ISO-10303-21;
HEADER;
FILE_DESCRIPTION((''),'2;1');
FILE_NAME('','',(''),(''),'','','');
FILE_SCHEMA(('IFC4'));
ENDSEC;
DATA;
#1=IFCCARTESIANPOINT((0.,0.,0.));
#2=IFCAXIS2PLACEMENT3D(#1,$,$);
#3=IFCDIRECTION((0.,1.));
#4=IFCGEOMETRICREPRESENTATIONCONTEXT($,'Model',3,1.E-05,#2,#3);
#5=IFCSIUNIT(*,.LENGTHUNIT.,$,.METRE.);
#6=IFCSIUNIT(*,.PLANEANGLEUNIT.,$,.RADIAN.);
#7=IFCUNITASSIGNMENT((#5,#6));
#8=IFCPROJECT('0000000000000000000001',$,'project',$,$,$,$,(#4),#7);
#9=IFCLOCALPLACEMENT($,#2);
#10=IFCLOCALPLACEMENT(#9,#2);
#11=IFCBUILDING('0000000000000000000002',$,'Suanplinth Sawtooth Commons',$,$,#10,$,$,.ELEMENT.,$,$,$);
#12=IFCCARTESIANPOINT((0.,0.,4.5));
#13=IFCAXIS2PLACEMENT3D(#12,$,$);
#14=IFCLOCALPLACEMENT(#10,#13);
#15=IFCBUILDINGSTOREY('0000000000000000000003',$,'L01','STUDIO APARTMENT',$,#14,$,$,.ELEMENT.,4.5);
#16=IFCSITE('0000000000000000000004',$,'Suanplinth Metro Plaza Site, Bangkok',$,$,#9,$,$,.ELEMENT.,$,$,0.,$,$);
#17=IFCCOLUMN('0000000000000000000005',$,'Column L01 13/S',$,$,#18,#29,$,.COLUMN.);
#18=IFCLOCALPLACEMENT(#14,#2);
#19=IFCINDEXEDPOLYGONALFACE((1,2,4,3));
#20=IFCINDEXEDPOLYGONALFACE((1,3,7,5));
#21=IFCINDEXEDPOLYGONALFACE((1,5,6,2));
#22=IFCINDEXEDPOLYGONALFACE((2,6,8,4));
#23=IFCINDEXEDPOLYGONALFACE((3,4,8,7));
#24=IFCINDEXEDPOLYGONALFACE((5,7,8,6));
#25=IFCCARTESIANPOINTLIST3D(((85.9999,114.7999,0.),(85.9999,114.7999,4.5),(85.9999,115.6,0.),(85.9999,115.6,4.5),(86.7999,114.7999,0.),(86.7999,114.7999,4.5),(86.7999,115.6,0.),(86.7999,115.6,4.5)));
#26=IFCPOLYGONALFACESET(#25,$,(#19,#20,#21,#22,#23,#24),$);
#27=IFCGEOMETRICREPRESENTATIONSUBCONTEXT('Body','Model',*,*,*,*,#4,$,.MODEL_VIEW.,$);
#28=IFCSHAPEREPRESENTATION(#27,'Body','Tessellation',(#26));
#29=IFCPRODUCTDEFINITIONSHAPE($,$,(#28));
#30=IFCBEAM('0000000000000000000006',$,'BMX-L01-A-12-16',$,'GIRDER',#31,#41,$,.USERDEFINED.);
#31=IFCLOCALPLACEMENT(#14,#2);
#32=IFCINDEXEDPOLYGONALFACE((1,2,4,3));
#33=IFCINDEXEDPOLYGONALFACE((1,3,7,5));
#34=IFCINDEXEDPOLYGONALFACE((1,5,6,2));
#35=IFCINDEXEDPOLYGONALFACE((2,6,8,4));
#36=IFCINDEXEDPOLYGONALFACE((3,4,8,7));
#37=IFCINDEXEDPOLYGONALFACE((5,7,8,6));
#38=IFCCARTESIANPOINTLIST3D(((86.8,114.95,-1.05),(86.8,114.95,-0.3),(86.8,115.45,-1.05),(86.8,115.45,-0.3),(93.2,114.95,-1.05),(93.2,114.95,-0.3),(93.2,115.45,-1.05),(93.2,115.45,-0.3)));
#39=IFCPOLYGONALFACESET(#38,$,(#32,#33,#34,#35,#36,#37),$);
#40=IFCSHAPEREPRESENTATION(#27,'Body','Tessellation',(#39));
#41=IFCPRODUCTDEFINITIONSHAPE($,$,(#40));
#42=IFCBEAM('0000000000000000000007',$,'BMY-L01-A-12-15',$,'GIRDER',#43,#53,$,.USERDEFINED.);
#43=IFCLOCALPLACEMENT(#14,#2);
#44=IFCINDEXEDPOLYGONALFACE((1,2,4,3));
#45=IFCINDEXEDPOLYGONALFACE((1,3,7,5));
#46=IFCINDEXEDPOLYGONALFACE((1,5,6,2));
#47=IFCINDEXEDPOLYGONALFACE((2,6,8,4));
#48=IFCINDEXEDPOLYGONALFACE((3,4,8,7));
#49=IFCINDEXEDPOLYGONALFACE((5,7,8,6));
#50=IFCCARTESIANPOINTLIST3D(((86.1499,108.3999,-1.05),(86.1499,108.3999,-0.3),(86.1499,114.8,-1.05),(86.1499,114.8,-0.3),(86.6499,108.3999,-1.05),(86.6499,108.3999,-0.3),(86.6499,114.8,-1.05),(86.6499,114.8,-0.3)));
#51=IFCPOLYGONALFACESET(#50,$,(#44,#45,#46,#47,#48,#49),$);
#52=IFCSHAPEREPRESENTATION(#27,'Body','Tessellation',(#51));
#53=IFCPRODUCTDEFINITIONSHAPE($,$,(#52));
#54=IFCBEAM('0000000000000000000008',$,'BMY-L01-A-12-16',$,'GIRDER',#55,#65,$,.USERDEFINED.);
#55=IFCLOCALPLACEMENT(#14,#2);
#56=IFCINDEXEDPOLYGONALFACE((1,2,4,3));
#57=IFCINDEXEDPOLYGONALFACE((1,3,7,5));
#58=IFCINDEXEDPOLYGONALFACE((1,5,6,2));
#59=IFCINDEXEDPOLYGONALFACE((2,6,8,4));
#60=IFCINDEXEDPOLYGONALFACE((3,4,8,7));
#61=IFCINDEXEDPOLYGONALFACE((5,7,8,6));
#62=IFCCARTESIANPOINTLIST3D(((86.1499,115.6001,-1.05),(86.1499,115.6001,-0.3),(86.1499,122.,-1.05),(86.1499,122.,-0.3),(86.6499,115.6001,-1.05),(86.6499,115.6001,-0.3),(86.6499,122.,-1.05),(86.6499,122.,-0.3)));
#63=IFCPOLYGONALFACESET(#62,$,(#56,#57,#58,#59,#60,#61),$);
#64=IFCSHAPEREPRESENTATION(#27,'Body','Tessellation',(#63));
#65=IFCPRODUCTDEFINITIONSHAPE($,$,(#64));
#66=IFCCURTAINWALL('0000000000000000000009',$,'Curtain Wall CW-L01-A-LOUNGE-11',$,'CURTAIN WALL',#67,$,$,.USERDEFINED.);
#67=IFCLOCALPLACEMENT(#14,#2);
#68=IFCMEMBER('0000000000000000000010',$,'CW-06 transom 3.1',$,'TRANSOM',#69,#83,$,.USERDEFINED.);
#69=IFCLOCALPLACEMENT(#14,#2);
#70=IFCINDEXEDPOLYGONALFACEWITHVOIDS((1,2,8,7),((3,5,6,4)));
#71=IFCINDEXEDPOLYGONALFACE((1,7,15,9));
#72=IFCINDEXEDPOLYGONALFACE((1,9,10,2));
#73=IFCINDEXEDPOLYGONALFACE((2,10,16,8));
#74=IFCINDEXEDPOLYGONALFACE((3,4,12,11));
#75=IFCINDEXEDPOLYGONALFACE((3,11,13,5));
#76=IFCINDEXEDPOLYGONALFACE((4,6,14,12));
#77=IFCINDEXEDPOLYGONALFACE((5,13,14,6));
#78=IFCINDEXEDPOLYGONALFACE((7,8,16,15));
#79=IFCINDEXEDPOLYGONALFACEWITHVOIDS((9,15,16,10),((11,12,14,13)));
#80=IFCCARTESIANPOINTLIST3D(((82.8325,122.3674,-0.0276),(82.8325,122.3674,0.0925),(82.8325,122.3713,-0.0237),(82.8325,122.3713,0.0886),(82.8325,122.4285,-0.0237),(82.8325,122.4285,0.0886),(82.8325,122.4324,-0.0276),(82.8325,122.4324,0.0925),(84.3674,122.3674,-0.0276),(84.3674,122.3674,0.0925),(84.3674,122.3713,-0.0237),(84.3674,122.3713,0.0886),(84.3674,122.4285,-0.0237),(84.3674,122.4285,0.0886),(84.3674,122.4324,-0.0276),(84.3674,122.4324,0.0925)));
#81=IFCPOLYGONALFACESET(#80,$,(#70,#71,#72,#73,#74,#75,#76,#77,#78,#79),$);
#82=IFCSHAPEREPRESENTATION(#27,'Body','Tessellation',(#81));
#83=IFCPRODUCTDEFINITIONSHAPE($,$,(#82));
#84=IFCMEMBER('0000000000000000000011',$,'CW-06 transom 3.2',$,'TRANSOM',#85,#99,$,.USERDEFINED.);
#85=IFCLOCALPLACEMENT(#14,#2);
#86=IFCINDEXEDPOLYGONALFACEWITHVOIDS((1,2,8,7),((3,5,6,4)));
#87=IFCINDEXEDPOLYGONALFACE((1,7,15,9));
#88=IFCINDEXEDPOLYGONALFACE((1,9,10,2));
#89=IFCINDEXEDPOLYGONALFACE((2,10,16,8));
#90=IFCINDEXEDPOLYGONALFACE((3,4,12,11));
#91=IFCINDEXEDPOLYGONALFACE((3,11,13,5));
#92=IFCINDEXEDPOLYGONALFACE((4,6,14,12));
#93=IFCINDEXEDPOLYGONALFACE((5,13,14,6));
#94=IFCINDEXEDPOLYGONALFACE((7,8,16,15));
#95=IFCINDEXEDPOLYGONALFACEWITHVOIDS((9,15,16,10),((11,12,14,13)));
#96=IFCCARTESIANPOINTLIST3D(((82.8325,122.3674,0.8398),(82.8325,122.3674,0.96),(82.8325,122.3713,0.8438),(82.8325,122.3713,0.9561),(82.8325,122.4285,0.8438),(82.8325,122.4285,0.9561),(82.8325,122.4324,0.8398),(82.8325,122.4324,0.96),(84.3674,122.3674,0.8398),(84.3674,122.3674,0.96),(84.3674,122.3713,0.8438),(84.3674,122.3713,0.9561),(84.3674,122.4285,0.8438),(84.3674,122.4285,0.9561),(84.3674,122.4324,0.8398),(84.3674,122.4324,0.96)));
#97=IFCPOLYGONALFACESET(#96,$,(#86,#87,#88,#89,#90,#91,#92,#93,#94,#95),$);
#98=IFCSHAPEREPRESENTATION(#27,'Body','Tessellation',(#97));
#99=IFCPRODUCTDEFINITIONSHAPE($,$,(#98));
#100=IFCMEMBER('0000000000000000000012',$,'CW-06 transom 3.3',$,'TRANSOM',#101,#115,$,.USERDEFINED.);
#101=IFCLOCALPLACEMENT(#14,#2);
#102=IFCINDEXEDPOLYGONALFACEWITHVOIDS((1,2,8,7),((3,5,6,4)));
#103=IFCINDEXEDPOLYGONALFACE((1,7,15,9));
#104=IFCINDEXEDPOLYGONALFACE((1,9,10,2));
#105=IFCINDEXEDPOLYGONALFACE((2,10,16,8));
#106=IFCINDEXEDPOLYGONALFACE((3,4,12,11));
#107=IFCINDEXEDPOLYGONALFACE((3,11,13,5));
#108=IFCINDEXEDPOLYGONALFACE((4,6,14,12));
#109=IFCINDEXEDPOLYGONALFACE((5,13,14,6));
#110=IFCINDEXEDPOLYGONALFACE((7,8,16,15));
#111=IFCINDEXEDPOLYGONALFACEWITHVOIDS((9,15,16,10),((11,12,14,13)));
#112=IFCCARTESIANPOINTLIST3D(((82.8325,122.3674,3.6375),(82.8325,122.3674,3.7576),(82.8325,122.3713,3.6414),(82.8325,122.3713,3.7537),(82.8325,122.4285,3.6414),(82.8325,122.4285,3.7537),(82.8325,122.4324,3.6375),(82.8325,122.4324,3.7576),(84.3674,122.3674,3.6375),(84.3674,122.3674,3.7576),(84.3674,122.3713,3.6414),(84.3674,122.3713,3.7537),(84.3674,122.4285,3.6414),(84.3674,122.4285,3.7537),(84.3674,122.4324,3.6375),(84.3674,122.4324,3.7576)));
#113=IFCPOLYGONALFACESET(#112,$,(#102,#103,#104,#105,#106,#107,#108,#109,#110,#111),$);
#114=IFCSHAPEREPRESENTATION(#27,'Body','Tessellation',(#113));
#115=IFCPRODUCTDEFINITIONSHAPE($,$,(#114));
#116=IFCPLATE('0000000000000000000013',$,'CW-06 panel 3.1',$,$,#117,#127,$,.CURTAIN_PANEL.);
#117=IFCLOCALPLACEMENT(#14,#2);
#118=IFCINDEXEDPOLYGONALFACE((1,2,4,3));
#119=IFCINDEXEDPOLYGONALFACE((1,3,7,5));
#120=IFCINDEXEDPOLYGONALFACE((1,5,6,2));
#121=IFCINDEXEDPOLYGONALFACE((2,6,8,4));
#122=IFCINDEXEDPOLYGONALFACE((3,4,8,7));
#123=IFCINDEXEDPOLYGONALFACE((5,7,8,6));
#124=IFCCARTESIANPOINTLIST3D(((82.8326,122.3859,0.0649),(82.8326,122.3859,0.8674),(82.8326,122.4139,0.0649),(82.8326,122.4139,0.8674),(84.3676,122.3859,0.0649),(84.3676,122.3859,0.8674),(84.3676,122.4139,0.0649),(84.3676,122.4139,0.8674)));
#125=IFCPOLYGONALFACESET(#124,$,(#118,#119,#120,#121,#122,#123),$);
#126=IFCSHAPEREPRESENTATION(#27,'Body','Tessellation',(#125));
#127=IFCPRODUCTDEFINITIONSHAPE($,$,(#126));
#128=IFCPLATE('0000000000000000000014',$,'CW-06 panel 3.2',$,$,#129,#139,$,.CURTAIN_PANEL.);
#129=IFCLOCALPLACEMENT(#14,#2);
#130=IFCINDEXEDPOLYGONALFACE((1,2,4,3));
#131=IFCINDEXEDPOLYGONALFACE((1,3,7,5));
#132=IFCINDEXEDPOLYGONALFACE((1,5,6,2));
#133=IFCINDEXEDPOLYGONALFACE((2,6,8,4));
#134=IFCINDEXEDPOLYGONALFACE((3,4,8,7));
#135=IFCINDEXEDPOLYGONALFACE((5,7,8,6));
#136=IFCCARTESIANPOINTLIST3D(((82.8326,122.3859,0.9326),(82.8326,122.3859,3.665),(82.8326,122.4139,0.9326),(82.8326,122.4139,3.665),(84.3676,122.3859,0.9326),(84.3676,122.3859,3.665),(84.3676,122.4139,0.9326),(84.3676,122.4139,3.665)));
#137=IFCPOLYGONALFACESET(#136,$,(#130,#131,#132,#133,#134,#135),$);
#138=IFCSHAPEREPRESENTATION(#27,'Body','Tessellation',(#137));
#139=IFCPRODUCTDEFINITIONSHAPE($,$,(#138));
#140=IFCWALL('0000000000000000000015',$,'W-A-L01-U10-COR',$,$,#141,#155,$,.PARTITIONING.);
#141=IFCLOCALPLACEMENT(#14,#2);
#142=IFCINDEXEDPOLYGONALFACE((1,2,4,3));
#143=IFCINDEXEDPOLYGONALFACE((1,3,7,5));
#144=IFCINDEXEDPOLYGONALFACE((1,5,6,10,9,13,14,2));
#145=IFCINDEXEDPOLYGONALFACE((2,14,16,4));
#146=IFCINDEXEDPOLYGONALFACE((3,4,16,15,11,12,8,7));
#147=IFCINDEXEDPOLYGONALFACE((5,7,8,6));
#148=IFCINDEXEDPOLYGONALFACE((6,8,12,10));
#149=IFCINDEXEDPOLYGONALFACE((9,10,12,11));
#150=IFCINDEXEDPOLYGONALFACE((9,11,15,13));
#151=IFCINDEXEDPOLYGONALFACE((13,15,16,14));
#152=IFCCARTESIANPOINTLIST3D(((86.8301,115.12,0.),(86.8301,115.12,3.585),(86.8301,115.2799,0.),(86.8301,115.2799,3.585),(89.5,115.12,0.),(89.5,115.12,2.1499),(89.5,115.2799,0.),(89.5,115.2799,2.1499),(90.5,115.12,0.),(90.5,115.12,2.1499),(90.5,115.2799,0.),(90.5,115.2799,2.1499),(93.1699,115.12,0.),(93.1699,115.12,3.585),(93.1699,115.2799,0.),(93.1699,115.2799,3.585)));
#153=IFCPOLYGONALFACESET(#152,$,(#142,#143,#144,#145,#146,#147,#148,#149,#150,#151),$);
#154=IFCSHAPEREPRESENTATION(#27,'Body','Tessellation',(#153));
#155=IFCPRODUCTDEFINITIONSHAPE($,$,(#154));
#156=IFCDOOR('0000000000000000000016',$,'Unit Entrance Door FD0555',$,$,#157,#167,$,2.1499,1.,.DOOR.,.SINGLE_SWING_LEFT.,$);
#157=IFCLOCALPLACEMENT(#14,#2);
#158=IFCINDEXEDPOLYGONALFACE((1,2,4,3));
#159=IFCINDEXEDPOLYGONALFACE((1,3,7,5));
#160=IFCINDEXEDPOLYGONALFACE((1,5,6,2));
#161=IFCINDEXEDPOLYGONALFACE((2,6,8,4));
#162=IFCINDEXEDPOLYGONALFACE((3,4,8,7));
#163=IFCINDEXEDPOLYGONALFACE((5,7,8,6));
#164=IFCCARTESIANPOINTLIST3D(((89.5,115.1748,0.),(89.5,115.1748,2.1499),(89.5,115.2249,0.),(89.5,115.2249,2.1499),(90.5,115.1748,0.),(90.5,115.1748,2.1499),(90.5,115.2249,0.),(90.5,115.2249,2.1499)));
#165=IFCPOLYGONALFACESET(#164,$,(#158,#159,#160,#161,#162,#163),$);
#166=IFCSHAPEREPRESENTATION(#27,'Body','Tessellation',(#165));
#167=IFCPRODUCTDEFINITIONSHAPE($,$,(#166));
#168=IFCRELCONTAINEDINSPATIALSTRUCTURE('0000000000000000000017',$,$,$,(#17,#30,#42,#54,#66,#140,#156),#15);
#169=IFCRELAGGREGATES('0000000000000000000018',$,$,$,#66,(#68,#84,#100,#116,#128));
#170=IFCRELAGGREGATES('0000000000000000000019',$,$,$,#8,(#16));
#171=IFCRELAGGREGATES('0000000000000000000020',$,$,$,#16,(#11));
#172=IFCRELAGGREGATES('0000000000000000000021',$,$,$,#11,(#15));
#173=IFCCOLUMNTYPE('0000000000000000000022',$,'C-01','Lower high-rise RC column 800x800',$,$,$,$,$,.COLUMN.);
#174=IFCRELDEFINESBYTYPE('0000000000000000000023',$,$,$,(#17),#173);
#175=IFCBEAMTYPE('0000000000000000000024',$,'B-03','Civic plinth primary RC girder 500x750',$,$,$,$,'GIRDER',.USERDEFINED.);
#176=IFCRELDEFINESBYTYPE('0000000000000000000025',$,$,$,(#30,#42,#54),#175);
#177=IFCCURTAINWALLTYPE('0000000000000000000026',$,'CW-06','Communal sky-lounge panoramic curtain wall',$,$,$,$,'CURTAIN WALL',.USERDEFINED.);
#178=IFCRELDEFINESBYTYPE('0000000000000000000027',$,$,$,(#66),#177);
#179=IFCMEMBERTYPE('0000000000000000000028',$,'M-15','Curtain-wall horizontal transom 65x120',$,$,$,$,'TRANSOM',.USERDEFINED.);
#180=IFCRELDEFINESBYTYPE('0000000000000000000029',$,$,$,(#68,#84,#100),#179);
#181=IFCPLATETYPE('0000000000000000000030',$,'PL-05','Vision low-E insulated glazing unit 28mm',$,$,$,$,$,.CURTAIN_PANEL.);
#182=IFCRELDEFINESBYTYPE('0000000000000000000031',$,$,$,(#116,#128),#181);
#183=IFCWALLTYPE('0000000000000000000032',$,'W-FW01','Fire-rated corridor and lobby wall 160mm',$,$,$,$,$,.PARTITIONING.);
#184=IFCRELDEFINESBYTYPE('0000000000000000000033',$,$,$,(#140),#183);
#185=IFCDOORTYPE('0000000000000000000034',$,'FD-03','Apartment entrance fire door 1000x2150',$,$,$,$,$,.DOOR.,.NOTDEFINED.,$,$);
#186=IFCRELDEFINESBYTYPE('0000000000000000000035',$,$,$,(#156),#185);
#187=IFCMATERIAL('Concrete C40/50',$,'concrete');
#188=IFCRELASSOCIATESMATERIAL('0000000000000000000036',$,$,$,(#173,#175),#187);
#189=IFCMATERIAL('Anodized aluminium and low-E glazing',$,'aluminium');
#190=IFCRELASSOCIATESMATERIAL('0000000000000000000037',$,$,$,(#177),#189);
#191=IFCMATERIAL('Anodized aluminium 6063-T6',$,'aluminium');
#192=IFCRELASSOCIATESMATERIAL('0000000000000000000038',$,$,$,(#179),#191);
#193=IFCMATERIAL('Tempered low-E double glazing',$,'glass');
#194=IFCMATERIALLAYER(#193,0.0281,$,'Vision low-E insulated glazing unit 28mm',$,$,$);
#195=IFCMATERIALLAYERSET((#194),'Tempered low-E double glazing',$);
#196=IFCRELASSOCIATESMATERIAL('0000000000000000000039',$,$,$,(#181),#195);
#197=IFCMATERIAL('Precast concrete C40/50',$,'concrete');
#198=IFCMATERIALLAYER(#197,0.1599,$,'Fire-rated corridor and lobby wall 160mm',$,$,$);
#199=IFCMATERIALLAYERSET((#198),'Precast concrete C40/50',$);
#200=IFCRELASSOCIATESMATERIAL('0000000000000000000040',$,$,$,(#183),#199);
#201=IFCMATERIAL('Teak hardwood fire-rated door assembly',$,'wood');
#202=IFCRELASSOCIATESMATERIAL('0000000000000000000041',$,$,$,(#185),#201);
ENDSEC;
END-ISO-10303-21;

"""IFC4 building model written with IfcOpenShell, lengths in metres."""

from ifc_helpers import new_model, si_unit, direction, frame, frame_2d, origin, origin_2d, place, context, subcontext, project, spatial, rectangle, hollow_rectangle, extrude, material, layer, layer_set, material_profile, profile_set, type_object, element, fill, aggregate, save


model = new_model("IFC4")

# Units and contexts
model_context = context("Model", 3, precision=1e-05, world=origin(), true_north=direction((0.0, 1.0)))
body_context = subcontext(model_context, "Body", "Model", "MODEL_VIEW")
ifc_project = project(units=[si_unit("LENGTHUNIT", "METRE"), si_unit("PLANEANGLEUNIT", "RADIAN")], contexts=[model_context])

# Site, building, storey
site_placement = place(None, origin())
site = spatial("IfcSite", under=ifc_project, at=site_placement, Name="Suanplinth Metro Plaza Site, Bangkok", CompositionType="ELEMENT", RefElevation=0.0)
building_placement = place(site_placement, origin())
building = spatial("IfcBuilding", under=site, at=building_placement, Name="Suanplinth Sawtooth Commons", CompositionType="ELEMENT")
storey_placement = place(building_placement, frame((0.0, 0.0, 4.5)))
storey = spatial("IfcBuildingStorey", under=building, at=storey_placement, Name="L01", Description="STUDIO APARTMENT", CompositionType="ELEMENT", Elevation=4.5)

# Column
ifc_material_1 = material(Name="Concrete C40/50", Category="concrete")
ifc_material_profile_1 = material_profile(ifc_material_1, rectangle(XDim=0.8, YDim=0.8, at=origin_2d()), Name="RC-COL 800x800")
ifc_profile_set_1 = profile_set([ifc_material_profile_1], Name="Concrete C40/50")
column_type = type_object("IfcColumnType", Name="C-01", Description="Lower high-rise RC column 800x800", PredefinedType="COLUMN", material=ifc_profile_set_1)
column_placement = place(storey_placement, frame((86.3999, 115.2, 0.0), z_axis=(0.0, 0.0, 1.0), x_axis=(1.0, 0.0, 0.0)))
element("IfcColumn", 1, at=column_placement, inside=storey, type_object=column_type, Name="Column L01 13/S", PredefinedType="COLUMN", context=body_context, shape_type="SweptSolid", body=[
    extrude(rectangle(XDim=0.8, YDim=0.8, at=origin_2d()), origin(), (0.0, 0.0, 1.0), 4.5),
])

# Beams
ifc_material_profile_2 = material_profile(ifc_material_1, rectangle(XDim=0.5, YDim=0.75, at=origin_2d()), Name="RC-GDR 500x750")
ifc_profile_set_2 = profile_set([ifc_material_profile_2], Name="Concrete C40/50")
beam_type = type_object("IfcBeamType", Name="B-03", Description="Civic plinth primary RC girder 500x750", ElementType="GIRDER", PredefinedType="USERDEFINED", material=ifc_profile_set_2)
beam_1_placement = place(storey_placement, frame((86.8, 115.2, -0.675), z_axis=(1.0, 0.0, 0.0), x_axis=(0.0, 1.0, 0.0)))
element("IfcBeam", 2, at=beam_1_placement, inside=storey, type_object=beam_type, Name="BMX-L01-A-12-16", ObjectType="GIRDER", PredefinedType="USERDEFINED", context=body_context, shape_type="SweptSolid", body=[
    extrude(rectangle(XDim=0.5, YDim=0.75, at=origin_2d()), origin(), (0.0, 0.0, 1.0), 6.3999),
])
beam_2_placement = place(storey_placement, frame((86.3999, 108.3999, -0.675), z_axis=(0.0, 1.0, 0.0), x_axis=(-1.0, 0.0, 0.0)))
element("IfcBeam", 3, at=beam_2_placement, inside=storey, type_object=beam_type, Name="BMY-L01-A-12-15", ObjectType="GIRDER", PredefinedType="USERDEFINED", context=body_context, shape_type="SweptSolid", body=[
    extrude(rectangle(XDim=0.5, YDim=0.75, at=origin_2d()), origin(), (0.0, 0.0, 1.0), 6.4001),
])
beam_3_placement = place(storey_placement, frame((86.3999, 115.6001, -0.675), z_axis=(0.0, 1.0, 0.0), x_axis=(-1.0, 0.0, 0.0)))
element("IfcBeam", 4, at=beam_3_placement, inside=storey, type_object=beam_type, Name="BMY-L01-A-12-16", ObjectType="GIRDER", PredefinedType="USERDEFINED", context=body_context, shape_type="SweptSolid", body=[
    extrude(rectangle(XDim=0.5, YDim=0.75, at=origin_2d()), origin(), (0.0, 0.0, 1.0), 6.3999),
])

# Curtain wall, members, plates
ifc_material_2 = material(Name="Anodized aluminium and low-E glazing", Category="aluminium")
curtain_wall_type = type_object("IfcCurtainWallType", Name="CW-06", Description="Communal sky-lounge panoramic curtain wall", ElementType="CURTAIN WALL", PredefinedType="USERDEFINED", material=ifc_material_2)
curtain_wall_placement = place(storey_placement, origin())
curtain_wall = element("IfcCurtainWall", 5, at=curtain_wall_placement, inside=storey, type_object=curtain_wall_type, Name="Curtain Wall CW-L01-A-LOUNGE-11", ObjectType="CURTAIN WALL", PredefinedType="USERDEFINED")
ifc_material_3 = material(Name="Anodized aluminium 6063-T6", Category="aluminium")
ifc_material_profile_3 = material_profile(ifc_material_3, hollow_rectangle(XDim=0.0649, YDim=0.1201, WallThickness=0.0039, at=origin_2d()), Name="ALU-TRN 65x120")
ifc_profile_set_3 = profile_set([ifc_material_profile_3], Name="Anodized aluminium 6063-T6")
member_type = type_object("IfcMemberType", Name="M-15", Description="Curtain-wall horizontal transom 65x120", ElementType="TRANSOM", PredefinedType="USERDEFINED", material=ifc_profile_set_3)
member_1_placement = place(storey_placement, frame((82.8325, 122.3999, 0.0325), z_axis=(1.0, 0.0, 0.0), x_axis=(0.0, 1.0, 0.0)))
member_1 = element("IfcMember", 6, at=member_1_placement, type_object=member_type, Name="CW-06 transom 3.1", ObjectType="TRANSOM", PredefinedType="USERDEFINED", context=body_context, shape_type="SweptSolid", body=[
    extrude(hollow_rectangle(XDim=0.0649, YDim=0.1201, WallThickness=0.0039, at=origin_2d()), origin(), (0.0, 0.0, 1.0), 1.5349),
])
member_2_placement = place(storey_placement, frame((82.8325, 122.3999, 0.8999), z_axis=(1.0, 0.0, 0.0), x_axis=(0.0, 1.0, 0.0)))
member_2 = element("IfcMember", 7, at=member_2_placement, type_object=member_type, Name="CW-06 transom 3.2", ObjectType="TRANSOM", PredefinedType="USERDEFINED", context=body_context, shape_type="SweptSolid", body=[
    extrude(hollow_rectangle(XDim=0.0649, YDim=0.1201, WallThickness=0.0039, at=origin_2d()), origin(), (0.0, 0.0, 1.0), 1.5349),
])
member_3_placement = place(storey_placement, frame((82.8325, 122.3999, 3.6975), z_axis=(1.0, 0.0, 0.0), x_axis=(0.0, 1.0, 0.0)))
member_3 = element("IfcMember", 8, at=member_3_placement, type_object=member_type, Name="CW-06 transom 3.3", ObjectType="TRANSOM", PredefinedType="USERDEFINED", context=body_context, shape_type="SweptSolid", body=[
    extrude(hollow_rectangle(XDim=0.0649, YDim=0.1201, WallThickness=0.0039, at=origin_2d()), origin(), (0.0, 0.0, 1.0), 1.5349),
])
ifc_material_4 = material(Name="Tempered low-E double glazing", Category="glass")
ifc_layer_1 = layer(ifc_material_4, 0.0281, Name="Vision low-E insulated glazing unit 28mm")
ifc_layer_set_1 = layer_set([ifc_layer_1], Name="Tempered low-E double glazing")
plate_type = type_object("IfcPlateType", Name="PL-05", Description="Vision low-E insulated glazing unit 28mm", PredefinedType="CURTAIN_PANEL", material=ifc_layer_set_1)
plate_1_placement = place(storey_placement, frame((83.6001, 122.3999, 0.0649), z_axis=(0.0, 0.0, 1.0), x_axis=(1.0, 0.0, 0.0)))
plate_1 = element("IfcPlate", 9, at=plate_1_placement, type_object=plate_type, Name="CW-06 panel 3.1", PredefinedType="CURTAIN_PANEL", context=body_context, shape_type="SweptSolid", body=[
    extrude(rectangle(XDim=1.5349, YDim=0.0281, at=origin_2d()), origin(), (0.0, 0.0, 1.0), 0.8025),
])
plate_2_placement = place(storey_placement, frame((83.6001, 122.3999, 0.9326), z_axis=(0.0, 0.0, 1.0), x_axis=(1.0, 0.0, 0.0)))
plate_2 = element("IfcPlate", 10, at=plate_2_placement, type_object=plate_type, Name="CW-06 panel 3.2", PredefinedType="CURTAIN_PANEL", context=body_context, shape_type="SweptSolid", body=[
    extrude(rectangle(XDim=1.5349, YDim=0.0281, at=origin_2d()), origin(), (0.0, 0.0, 1.0), 2.7324),
])
aggregate(curtain_wall, [member_1, member_2, member_3, plate_1, plate_2])

# Wall, opening, door
ifc_material_5 = material(Name="Precast concrete C40/50", Category="concrete")
ifc_layer_2 = layer(ifc_material_5, 0.1599, Name="Fire-rated corridor and lobby wall 160mm")
ifc_layer_set_2 = layer_set([ifc_layer_2], Name="Precast concrete C40/50")
wall_type_1 = type_object("IfcWallType", Name="W-FW01", Description="Fire-rated corridor and lobby wall 160mm", PredefinedType="PARTITIONING", material=ifc_layer_set_2)
wall_1_placement = place(storey_placement, frame((86.8301, 115.2, 0.0), z_axis=(0.0, 0.0, 1.0), x_axis=(1.0, 0.0, 0.0)))
wall_1 = element("IfcWall", 11, at=wall_1_placement, inside=storey, type_object=wall_type_1, Name="W-A-L01-U10-COR", PredefinedType="PARTITIONING", context=body_context, shape_type="SweptSolid", body=[
    extrude(rectangle(XDim=6.3398, YDim=0.1599, at=frame_2d((3.1699, 0.0))), origin(), (0.0, 0.0, 1.0), 3.585),
])
opening_1_placement = place(wall_1_placement, frame((2.6699, 0.0, 0.0)))
opening_1 = element("IfcOpeningElement", 12, at=opening_1_placement, cuts=wall_1, PredefinedType="OPENING", context=body_context, shape_type="SweptSolid", body=[
    extrude(rectangle(XDim=1.0, YDim=2.1499, at=frame_2d((0.5, 1.075))), frame((0.0, 0.0947, 0.0), z_axis=(0.0, -1.0, 0.0), x_axis=(1.0, 0.0, 0.0)), (0.0, 0.0, 1.0), 0.1897),
])
ifc_material_6 = material(Name="Teak hardwood fire-rated door assembly", Category="wood")
door_type_1 = type_object("IfcDoorType", Name="FD-03", Description="Apartment entrance fire door 1000x2150", OperationType="NOTDEFINED", PredefinedType="DOOR", material=ifc_material_6)
door_1_placement = place(opening_1_placement, origin())
door_1 = element("IfcDoor", 13, at=door_1_placement, inside=storey, type_object=door_type_1, Name="Unit Entrance Door FD0555", OperationType="SINGLE_SWING_LEFT", OverallHeight=2.1499, OverallWidth=1.0, PredefinedType="DOOR", context=body_context, shape_type="SweptSolid", body=[
    extrude(rectangle(XDim=1.0, YDim=2.1499, at=frame_2d((0.5, 1.075))), frame((0.0, 0.0249, 0.0), z_axis=(0.0, -1.0, 0.0), x_axis=(1.0, 0.0, 0.0)), (0.0, 0.0, 1.0), 0.05),
])
fill(opening_1, door_1)

save(model, "model.ifc")
